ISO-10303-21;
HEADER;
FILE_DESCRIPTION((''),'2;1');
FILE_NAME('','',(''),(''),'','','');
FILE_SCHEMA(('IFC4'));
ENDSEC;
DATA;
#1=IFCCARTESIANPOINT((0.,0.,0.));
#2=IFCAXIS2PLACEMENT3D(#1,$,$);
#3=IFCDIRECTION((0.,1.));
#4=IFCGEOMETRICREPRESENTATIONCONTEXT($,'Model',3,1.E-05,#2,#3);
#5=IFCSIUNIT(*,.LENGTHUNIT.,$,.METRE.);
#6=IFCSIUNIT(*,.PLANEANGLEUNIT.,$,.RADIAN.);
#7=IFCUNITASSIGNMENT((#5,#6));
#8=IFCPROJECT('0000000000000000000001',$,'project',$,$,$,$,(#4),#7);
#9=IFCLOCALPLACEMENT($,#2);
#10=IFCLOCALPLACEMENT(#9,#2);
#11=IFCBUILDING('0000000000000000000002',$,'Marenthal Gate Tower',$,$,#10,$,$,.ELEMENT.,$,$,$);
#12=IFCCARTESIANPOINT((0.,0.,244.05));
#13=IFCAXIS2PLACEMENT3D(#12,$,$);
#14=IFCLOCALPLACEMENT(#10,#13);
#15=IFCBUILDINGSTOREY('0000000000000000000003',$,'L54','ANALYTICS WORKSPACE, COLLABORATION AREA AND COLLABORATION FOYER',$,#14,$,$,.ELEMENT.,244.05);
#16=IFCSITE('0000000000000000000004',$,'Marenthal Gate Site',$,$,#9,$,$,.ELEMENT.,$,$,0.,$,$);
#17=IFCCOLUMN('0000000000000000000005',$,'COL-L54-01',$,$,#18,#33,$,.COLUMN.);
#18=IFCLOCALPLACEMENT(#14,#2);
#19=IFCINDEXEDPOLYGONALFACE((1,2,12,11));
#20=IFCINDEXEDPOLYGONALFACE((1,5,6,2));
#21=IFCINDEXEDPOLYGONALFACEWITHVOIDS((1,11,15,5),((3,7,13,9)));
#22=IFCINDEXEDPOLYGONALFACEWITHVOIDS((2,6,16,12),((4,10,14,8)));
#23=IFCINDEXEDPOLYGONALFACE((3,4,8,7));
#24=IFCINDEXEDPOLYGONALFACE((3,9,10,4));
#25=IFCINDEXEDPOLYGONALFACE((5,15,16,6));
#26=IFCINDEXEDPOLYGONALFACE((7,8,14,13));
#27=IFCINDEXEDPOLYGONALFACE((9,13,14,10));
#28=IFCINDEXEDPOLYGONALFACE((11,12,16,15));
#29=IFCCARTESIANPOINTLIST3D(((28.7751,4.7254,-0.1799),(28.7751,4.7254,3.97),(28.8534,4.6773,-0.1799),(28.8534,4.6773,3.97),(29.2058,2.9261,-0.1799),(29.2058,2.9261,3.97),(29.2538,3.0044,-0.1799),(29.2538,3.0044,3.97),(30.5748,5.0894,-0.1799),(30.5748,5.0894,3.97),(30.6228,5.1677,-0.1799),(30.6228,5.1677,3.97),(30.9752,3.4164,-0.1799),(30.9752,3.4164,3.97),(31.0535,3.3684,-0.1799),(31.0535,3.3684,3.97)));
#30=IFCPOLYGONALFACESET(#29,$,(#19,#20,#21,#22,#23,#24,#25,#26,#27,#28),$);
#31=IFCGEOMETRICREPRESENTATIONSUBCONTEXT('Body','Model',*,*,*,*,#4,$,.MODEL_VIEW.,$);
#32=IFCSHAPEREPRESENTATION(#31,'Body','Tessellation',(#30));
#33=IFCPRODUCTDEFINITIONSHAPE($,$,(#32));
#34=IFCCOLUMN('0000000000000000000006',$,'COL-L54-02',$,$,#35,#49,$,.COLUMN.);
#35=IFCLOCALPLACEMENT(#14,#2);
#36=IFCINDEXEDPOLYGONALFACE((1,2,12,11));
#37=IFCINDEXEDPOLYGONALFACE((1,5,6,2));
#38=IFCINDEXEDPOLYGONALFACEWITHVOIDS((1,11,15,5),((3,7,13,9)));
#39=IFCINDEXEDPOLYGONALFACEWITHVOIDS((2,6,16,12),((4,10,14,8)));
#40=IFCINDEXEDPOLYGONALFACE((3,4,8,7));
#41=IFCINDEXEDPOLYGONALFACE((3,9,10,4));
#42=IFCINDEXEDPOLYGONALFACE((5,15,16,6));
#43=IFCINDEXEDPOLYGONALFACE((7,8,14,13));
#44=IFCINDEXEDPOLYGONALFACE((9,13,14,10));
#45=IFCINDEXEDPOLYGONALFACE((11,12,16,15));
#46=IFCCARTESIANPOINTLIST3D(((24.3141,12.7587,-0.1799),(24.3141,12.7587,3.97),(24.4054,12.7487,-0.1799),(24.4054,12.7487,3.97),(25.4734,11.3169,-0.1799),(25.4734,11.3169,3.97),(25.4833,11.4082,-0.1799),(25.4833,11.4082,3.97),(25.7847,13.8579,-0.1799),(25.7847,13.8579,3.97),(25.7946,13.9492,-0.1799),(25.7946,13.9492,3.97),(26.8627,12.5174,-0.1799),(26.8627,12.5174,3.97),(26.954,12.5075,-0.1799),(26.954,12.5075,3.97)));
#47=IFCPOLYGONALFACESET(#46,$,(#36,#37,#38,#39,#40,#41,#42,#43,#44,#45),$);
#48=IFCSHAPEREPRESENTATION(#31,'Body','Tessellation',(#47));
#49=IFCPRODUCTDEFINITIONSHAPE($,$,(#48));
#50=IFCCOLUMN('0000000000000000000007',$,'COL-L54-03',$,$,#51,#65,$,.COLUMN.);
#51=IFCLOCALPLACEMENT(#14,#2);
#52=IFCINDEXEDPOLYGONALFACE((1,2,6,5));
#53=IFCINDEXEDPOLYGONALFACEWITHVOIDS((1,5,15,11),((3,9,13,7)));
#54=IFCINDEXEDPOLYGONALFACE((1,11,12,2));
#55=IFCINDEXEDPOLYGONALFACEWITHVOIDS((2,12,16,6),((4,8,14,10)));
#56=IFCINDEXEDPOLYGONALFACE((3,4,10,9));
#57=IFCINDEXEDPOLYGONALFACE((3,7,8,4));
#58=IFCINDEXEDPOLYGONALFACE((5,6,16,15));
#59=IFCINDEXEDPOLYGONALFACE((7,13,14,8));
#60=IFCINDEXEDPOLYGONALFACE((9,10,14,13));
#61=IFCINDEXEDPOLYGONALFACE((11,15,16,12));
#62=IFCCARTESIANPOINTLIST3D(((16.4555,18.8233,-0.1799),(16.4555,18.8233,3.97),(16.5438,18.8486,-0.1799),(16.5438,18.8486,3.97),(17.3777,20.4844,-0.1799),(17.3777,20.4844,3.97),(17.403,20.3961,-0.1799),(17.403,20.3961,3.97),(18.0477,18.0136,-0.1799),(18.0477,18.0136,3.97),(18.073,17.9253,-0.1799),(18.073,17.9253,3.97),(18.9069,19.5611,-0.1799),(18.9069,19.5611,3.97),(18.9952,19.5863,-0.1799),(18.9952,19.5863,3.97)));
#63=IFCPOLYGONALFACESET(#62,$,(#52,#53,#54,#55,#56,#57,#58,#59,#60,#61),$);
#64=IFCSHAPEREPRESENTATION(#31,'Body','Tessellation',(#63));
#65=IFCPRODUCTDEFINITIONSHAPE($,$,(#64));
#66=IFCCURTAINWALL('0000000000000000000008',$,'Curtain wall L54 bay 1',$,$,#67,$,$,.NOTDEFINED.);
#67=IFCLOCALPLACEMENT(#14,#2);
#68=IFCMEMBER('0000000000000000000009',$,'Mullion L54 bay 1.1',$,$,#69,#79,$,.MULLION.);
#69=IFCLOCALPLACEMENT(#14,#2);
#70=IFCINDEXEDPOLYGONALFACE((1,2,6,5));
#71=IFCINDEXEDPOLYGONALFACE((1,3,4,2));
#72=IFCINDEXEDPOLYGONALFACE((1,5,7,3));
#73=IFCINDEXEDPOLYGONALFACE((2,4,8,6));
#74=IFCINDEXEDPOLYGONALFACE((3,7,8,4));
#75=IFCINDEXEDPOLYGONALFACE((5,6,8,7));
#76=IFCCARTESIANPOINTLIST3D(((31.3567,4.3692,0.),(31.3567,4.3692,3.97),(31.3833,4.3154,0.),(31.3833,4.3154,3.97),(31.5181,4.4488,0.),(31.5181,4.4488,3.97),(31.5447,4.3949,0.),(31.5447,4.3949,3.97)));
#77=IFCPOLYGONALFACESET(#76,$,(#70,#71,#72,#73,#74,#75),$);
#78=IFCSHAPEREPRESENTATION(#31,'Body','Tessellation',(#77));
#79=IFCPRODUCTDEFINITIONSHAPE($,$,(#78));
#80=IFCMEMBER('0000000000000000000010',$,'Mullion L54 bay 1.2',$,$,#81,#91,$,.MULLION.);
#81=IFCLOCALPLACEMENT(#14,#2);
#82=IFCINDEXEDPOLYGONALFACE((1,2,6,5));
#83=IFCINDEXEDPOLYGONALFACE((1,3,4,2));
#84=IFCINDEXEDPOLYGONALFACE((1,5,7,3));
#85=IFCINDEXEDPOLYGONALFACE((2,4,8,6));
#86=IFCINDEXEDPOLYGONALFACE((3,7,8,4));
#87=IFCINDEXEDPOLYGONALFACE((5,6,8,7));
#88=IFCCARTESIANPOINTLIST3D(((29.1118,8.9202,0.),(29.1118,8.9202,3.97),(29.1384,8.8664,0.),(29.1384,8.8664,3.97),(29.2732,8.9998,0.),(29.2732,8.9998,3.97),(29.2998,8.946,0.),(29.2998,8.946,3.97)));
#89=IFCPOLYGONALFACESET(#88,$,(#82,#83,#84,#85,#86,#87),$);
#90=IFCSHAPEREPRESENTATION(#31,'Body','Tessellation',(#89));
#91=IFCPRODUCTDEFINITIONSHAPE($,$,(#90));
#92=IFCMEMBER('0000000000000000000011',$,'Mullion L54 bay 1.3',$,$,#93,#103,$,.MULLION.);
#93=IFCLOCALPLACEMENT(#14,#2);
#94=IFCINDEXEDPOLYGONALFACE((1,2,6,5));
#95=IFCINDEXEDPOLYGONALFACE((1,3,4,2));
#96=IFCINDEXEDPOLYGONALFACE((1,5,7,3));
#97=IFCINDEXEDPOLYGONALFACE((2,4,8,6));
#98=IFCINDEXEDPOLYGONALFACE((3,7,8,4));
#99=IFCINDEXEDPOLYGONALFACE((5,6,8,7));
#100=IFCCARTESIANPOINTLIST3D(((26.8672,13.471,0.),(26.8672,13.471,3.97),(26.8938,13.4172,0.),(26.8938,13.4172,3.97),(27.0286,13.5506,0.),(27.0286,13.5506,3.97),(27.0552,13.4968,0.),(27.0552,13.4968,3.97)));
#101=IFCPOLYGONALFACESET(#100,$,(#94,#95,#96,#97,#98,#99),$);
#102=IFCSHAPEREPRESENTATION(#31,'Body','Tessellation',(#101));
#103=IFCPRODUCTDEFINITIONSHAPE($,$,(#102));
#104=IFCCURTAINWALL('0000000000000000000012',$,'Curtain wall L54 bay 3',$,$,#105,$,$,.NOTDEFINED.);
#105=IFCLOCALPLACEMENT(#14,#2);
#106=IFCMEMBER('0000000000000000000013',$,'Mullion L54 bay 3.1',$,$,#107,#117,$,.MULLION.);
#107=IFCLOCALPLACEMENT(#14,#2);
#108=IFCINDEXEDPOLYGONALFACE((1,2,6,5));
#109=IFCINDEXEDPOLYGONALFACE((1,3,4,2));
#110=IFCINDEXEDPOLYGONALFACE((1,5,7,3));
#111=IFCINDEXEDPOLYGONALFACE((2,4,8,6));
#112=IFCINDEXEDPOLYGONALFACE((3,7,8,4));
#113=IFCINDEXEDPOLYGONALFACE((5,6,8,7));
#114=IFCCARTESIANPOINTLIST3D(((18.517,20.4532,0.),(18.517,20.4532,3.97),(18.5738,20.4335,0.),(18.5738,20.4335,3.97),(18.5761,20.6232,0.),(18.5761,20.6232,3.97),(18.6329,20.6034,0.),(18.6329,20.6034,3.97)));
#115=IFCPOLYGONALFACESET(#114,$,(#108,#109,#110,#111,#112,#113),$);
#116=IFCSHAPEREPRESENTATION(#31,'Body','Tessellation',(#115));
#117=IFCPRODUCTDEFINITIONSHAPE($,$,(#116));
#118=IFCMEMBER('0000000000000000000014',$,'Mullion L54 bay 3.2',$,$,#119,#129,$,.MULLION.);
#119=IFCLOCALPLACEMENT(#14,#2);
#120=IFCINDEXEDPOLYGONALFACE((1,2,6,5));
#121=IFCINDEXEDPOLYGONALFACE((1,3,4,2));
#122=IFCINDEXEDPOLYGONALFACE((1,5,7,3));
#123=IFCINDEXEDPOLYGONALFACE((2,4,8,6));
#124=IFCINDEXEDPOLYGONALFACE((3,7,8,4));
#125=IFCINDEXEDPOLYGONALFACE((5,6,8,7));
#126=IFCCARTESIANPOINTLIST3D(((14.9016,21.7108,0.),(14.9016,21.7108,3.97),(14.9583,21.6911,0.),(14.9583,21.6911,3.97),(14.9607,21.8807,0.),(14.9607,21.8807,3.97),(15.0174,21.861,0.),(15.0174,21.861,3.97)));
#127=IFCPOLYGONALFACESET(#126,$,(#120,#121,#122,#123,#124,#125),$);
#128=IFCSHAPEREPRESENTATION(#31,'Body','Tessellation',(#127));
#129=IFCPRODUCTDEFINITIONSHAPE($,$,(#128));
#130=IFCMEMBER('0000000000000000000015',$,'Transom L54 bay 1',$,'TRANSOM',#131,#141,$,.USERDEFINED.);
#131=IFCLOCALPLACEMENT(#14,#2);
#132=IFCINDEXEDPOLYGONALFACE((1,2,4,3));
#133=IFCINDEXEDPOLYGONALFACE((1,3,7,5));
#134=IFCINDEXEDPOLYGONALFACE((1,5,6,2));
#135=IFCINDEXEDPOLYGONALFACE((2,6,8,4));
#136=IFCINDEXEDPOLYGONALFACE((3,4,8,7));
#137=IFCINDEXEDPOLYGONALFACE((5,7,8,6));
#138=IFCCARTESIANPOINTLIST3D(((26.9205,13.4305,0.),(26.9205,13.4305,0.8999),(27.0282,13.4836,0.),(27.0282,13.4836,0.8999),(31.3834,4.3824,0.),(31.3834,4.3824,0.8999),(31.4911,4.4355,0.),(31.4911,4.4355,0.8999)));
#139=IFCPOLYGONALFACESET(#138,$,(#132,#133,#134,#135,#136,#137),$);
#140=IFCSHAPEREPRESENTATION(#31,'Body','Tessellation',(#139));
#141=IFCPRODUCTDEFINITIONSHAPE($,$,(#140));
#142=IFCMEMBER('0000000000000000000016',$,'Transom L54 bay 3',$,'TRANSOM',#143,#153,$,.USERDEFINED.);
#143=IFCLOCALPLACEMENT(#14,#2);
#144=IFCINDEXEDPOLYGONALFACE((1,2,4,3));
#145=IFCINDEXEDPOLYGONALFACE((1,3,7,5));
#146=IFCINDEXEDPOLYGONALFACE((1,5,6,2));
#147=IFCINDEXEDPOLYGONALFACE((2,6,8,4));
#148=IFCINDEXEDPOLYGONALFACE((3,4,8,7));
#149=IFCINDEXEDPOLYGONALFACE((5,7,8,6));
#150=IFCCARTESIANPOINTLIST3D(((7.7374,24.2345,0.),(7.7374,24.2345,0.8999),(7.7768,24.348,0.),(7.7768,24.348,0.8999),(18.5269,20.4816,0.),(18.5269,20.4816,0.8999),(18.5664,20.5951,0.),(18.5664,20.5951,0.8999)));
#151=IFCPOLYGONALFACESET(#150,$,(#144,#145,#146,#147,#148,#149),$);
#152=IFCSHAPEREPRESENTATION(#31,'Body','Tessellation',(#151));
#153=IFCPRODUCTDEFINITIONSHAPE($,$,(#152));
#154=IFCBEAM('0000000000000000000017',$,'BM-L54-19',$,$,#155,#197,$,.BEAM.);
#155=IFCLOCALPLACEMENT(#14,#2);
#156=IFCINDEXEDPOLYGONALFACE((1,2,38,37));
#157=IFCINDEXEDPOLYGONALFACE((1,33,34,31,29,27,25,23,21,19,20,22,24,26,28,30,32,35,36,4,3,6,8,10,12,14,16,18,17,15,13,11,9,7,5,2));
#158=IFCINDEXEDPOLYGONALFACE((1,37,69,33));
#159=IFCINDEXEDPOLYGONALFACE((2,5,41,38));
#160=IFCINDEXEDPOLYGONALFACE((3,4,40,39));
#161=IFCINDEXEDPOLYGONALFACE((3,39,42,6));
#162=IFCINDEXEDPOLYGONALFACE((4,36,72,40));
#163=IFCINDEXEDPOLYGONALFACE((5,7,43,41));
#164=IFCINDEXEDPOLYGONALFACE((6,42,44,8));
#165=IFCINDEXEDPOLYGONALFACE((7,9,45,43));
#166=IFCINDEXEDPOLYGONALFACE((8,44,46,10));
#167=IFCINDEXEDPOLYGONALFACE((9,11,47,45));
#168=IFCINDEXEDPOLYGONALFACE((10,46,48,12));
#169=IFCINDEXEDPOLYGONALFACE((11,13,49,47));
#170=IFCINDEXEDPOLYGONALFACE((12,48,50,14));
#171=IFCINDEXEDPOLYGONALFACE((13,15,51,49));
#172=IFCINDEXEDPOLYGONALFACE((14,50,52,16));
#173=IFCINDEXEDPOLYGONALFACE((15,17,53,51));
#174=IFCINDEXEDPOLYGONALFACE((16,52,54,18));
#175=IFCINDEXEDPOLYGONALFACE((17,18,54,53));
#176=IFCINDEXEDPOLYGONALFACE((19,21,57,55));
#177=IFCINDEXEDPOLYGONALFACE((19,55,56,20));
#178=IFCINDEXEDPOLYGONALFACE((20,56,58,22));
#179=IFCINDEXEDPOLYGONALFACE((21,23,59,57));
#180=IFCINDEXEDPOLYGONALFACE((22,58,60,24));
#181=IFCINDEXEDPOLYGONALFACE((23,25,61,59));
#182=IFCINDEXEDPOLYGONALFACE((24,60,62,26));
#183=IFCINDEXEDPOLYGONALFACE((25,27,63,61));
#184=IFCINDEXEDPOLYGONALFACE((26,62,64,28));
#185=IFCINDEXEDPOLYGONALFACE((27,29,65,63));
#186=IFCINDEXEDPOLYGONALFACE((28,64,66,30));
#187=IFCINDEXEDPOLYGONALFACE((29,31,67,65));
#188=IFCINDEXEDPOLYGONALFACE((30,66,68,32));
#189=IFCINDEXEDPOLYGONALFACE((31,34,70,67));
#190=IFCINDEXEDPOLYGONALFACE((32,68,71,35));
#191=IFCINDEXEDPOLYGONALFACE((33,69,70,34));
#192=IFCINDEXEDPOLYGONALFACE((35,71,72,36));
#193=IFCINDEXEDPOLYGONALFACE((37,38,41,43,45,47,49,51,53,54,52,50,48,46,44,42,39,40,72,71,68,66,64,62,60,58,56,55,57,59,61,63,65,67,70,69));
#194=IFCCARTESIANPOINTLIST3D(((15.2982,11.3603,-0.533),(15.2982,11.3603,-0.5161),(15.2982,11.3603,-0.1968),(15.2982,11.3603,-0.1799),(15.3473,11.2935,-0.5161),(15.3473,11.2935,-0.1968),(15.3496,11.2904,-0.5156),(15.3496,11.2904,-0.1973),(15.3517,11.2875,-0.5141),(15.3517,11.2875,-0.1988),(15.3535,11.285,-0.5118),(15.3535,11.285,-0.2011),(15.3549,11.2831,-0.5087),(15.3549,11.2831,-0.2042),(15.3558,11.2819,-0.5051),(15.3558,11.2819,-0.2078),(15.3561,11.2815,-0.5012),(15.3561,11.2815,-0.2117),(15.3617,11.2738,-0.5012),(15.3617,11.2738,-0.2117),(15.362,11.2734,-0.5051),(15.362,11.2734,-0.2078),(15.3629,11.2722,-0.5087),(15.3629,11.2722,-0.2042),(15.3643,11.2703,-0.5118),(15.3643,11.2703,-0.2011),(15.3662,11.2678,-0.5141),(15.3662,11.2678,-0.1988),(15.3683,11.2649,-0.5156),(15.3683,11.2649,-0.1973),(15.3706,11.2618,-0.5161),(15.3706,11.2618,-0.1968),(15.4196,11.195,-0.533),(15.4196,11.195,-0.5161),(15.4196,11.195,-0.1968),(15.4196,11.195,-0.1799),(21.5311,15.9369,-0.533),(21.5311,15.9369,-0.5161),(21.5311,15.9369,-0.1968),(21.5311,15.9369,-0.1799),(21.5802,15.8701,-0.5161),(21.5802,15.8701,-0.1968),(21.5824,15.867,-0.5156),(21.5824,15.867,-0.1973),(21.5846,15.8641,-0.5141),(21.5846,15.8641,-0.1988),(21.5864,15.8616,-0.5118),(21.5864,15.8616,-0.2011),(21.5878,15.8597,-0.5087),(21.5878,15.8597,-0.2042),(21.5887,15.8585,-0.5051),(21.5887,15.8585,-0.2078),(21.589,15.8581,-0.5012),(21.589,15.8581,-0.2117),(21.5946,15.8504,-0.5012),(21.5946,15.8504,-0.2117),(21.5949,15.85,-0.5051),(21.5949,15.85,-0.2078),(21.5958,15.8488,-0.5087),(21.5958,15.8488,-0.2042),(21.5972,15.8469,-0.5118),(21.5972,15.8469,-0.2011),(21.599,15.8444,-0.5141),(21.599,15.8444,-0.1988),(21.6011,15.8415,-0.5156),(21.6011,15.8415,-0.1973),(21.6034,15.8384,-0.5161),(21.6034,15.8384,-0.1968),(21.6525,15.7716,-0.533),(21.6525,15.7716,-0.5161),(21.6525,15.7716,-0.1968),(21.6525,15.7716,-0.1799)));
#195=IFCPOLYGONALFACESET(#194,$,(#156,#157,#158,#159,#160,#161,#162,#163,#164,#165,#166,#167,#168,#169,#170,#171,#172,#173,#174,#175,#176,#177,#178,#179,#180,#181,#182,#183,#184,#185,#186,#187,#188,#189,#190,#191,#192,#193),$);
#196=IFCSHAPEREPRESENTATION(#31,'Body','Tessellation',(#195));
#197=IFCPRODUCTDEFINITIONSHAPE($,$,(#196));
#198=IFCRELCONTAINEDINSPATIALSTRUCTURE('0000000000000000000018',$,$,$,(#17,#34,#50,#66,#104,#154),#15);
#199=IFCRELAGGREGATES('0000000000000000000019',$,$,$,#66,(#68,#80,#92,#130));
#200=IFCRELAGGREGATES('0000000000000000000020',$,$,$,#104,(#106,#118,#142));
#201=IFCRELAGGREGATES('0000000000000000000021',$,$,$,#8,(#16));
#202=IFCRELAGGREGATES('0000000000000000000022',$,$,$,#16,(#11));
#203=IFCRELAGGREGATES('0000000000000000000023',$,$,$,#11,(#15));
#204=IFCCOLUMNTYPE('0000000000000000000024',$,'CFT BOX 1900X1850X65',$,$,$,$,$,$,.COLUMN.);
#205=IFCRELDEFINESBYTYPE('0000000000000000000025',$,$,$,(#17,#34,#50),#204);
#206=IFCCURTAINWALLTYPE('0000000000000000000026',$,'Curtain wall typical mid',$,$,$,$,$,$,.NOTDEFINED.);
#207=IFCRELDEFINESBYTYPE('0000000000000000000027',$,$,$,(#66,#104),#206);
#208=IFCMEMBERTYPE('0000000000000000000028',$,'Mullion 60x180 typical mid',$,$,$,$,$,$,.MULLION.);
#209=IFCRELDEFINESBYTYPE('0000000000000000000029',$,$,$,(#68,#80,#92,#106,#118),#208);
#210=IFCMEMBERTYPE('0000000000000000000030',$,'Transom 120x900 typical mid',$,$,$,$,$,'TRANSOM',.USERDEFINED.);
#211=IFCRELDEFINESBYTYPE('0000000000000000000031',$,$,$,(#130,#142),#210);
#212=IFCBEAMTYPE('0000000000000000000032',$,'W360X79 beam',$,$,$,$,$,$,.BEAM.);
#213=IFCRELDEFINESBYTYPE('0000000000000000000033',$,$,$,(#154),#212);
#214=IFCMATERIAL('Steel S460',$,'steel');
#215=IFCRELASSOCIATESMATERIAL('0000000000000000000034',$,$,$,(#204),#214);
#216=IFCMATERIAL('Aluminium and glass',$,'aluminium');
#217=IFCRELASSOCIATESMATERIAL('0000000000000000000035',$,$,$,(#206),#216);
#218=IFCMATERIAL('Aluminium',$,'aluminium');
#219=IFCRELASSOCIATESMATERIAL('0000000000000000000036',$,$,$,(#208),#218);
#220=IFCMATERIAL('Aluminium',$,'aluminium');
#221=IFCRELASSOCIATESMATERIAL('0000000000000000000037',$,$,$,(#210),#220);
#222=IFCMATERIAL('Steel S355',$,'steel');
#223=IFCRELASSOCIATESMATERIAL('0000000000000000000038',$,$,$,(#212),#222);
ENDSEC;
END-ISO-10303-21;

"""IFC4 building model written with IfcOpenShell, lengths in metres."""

from ifc_helpers import new_model, si_unit, direction, frame, origin, origin_2d, place, context, subcontext, project, spatial, rectangle, hollow_rectangle, i_section, extrude, material, material_profile, profile_set, type_object, element, aggregate, save


model = new_model("IFC4")

# Units and contexts
model_context = context("Model", 3, precision=1e-05, world=origin(), true_north=direction((0.0, 1.0)))
body_context = subcontext(model_context, "Body", "Model", "MODEL_VIEW")
ifc_project = project(units=[si_unit("LENGTHUNIT", "METRE"), si_unit("PLANEANGLEUNIT", "RADIAN")], contexts=[model_context])

# Site, building, storey
site_placement = place(None, origin())
site = spatial("IfcSite", under=ifc_project, at=site_placement, Name="Marenthal Gate Site", CompositionType="ELEMENT", RefElevation=0.0)
building_placement = place(site_placement, origin())
building = spatial("IfcBuilding", under=site, at=building_placement, Name="Marenthal Gate Tower", CompositionType="ELEMENT")
storey_placement = place(building_placement, frame((0.0, 0.0, 244.05)))
storey = spatial("IfcBuildingStorey", under=building, at=storey_placement, Name="L54", Description="ANALYTICS WORKSPACE, COLLABORATION AREA AND COLLABORATION FOYER", CompositionType="ELEMENT", Elevation=244.05)

# Columns
ifc_material_1 = material(Name="Steel S460", Category="steel")
ifc_material_profile_1 = material_profile(ifc_material_1, hollow_rectangle(XDim=1.8501, YDim=1.8999, WallThickness=0.0649, at=origin_2d()), Name="CFT BOX 1900X1850X65")
ifc_material_2 = material(Name="Concrete 70 MPa", Category="concrete")
ifc_material_profile_2 = material_profile(ifc_material_2, rectangle(XDim=1.72, YDim=1.77, at=origin_2d()), Name="CFT BOX 1900X1850X65 INFILL")
ifc_profile_set_1 = profile_set([ifc_material_profile_1, ifc_material_profile_2], Name="Steel S460 shell, Concrete 70 MPa infill")
column_type = type_object("IfcColumnType", Name="CFT BOX 1900X1850X65", PredefinedType="COLUMN", material=ifc_profile_set_1)
for number, where, z_axis, x_axis, name in (
    (1, (29.9143, 4.0469, -0.1799), (0.0, 0.0, 1.0), (0.232804, -0.972524, 0.0), "COL-L54-01"),
    (2, (25.634, 12.6331, -0.1799), (0.0, 0.0, 1.0), (0.626651, -0.7793, 0.0), "COL-L54-02"),
    (3, (17.7253, 19.2048, -0.1799), (0.0, 0.0, 1.0), (0.874282, -0.485419, 0.0), "COL-L54-03"),
):
    element("IfcColumn", number, at=place(storey_placement, frame(where, z_axis=z_axis, x_axis=x_axis)), inside=storey, type_object=column_type, Name=name, PredefinedType="COLUMN", context=body_context, shape_type="SweptSolid", body=[
        extrude(hollow_rectangle(XDim=1.8501, YDim=1.8999, WallThickness=0.0649, at=origin_2d()), origin(), (0.0, 0.0, 1.0), 4.1499),
    ])

# Curtain walls, members
ifc_material_3 = material(Name="Aluminium and glass", Category="aluminium")
curtain_wall_type = type_object("IfcCurtainWallType", Name="Curtain wall typical mid", PredefinedType="NOTDEFINED", material=ifc_material_3)
curtain_wall_1_placement = place(storey_placement, origin())
curtain_wall_1 = element("IfcCurtainWall", 4, at=curtain_wall_1_placement, inside=storey, type_object=curtain_wall_type, Name="Curtain wall L54 bay 1", PredefinedType="NOTDEFINED")
ifc_material_4 = material(Name="Aluminium", Category="aluminium")
ifc_material_profile_3 = material_profile(ifc_material_4, rectangle(XDim=0.1799, YDim=0.0601, at=origin_2d()), Name="60x180 aluminium mullion")
ifc_profile_set_2 = profile_set([ifc_material_profile_3], Name="Aluminium")
member_type_1 = type_object("IfcMemberType", Name="Mullion 60x180 typical mid", PredefinedType="MULLION", material=ifc_profile_set_2)
member_1_placement = place(storey_placement, frame((31.4507, 4.3821, 0.0), z_axis=(0.0, 0.0, 1.0), x_axis=(-0.896835, -0.442364, 0.0)))
member_1 = element("IfcMember", 5, at=member_1_placement, type_object=member_type_1, Name="Mullion L54 bay 1.1", PredefinedType="MULLION", context=body_context, shape_type="SweptSolid", body=[
    extrude(rectangle(XDim=0.1799, YDim=0.0601, at=origin_2d()), origin(), (0.0, 0.0, 1.0), 3.97),
])
member_2_placement = place(storey_placement, frame((29.2058, 8.9331, 0.0), z_axis=(0.0, 0.0, 1.0), x_axis=(-0.896835, -0.442364, 0.0)))
member_2 = element("IfcMember", 6, at=member_2_placement, type_object=member_type_1, Name="Mullion L54 bay 1.2", PredefinedType="MULLION", context=body_context, shape_type="SweptSolid", body=[
    extrude(rectangle(XDim=0.1799, YDim=0.0601, at=origin_2d()), origin(), (0.0, 0.0, 1.0), 3.97),
])
member_3_placement = place(storey_placement, frame((26.9612, 13.4839, 0.0), z_axis=(0.0, 0.0, 1.0), x_axis=(-0.896835, -0.442364, 0.0)))
member_3 = element("IfcMember", 7, at=member_3_placement, type_object=member_type_1, Name="Mullion L54 bay 1.3", PredefinedType="MULLION", context=body_context, shape_type="SweptSolid", body=[
    extrude(rectangle(XDim=0.1799, YDim=0.0601, at=origin_2d()), origin(), (0.0, 0.0, 1.0), 3.97),
])
curtain_wall_2_placement = place(storey_placement, origin())
curtain_wall_2 = element("IfcCurtainWall", 8, at=curtain_wall_2_placement, inside=storey, type_object=curtain_wall_type, Name="Curtain wall L54 bay 3", PredefinedType="NOTDEFINED")
member_4_placement = place(storey_placement, frame((18.575, 20.5283, 0.0), z_axis=(0.0, 0.0, 1.0), x_axis=(-0.32854, -0.94449, 0.0)))
member_4 = element("IfcMember", 9, at=member_4_placement, type_object=member_type_1, Name="Mullion L54 bay 3.1", PredefinedType="MULLION", context=body_context, shape_type="SweptSolid", body=[
    extrude(rectangle(XDim=0.1799, YDim=0.0601, at=origin_2d()), origin(), (0.0, 0.0, 1.0), 3.97),
])
member_5_placement = place(storey_placement, frame((14.9595, 21.7859, 0.0), z_axis=(0.0, 0.0, 1.0), x_axis=(-0.32854, -0.94449, 0.0)))
member_5 = element("IfcMember", 10, at=member_5_placement, type_object=member_type_1, Name="Mullion L54 bay 3.2", PredefinedType="MULLION", context=body_context, shape_type="SweptSolid", body=[
    extrude(rectangle(XDim=0.1799, YDim=0.0601, at=origin_2d()), origin(), (0.0, 0.0, 1.0), 3.97),
])

# Members
ifc_material_5 = material(Name="Aluminium", Category="aluminium")
ifc_material_profile_4 = material_profile(ifc_material_5, rectangle(XDim=0.1201, YDim=0.8999, at=origin_2d()), Name="120x900 aluminium transom")
ifc_profile_set_3 = profile_set([ifc_material_profile_4], Name="Aluminium")
member_type_2 = type_object("IfcMemberType", Name="Transom 120x900 typical mid", ElementType="TRANSOM", PredefinedType="USERDEFINED", material=ifc_profile_set_3)
member_6_placement = place(storey_placement, frame((31.4373, 4.4089, 0.45), z_axis=(-0.442358, 0.896839, 0.0), x_axis=(-0.896839, -0.442358, 0.0)))
member_6 = element("IfcMember", 11, at=member_6_placement, type_object=member_type_2, Name="Transom L54 bay 1", ObjectType="TRANSOM", PredefinedType="USERDEFINED", context=body_context, shape_type="SweptSolid", body=[
    extrude(rectangle(XDim=0.1201, YDim=0.8999, at=origin_2d()), origin(), (0.0, 0.0, 1.0), 10.0889),
])
member_7_placement = place(storey_placement, frame((18.5466, 20.5383, 0.45), z_axis=(-0.944496, 0.328524, 0.0), x_axis=(-0.328524, -0.944496, 0.0)))
member_7 = element("IfcMember", 12, at=member_7_placement, type_object=member_type_2, Name="Transom L54 bay 3", ObjectType="TRANSOM", PredefinedType="USERDEFINED", context=body_context, shape_type="SweptSolid", body=[
    extrude(rectangle(XDim=0.1201, YDim=0.8999, at=origin_2d()), origin(), (0.0, 0.0, 1.0), 11.4236),
])

# Beam
ifc_material_6 = material(Name="Steel S355", Category="steel")
ifc_material_profile_5 = material_profile(ifc_material_6, i_section(OverallWidth=0.2051, OverallDepth=0.353, WebThickness=0.0095, FlangeThickness=0.0168, FilletRadius=0.0149, at=origin_2d()), Name="W360X79")
ifc_profile_set_4 = profile_set([ifc_material_profile_5], Name="Steel S355")
beam_type_1 = type_object("IfcBeamType", Name="W360X79 beam", PredefinedType="BEAM", material=ifc_profile_set_4)
beam_1_placement = place(storey_placement, frame((21.5918, 15.8542, -0.3564), z_axis=(-0.806043, -0.591856, 0.0), x_axis=(0.591856, -0.806043, 0.0)))
element("IfcBeam", 13, at=beam_1_placement, inside=storey, type_object=beam_type_1, Name="BM-L54-19", PredefinedType="BEAM", context=body_context, shape_type="SweptSolid", body=[
    extrude(i_section(OverallWidth=0.2051, OverallDepth=0.353, WebThickness=0.0095, FlangeThickness=0.0168, FilletRadius=0.0149, at=origin_2d()), origin(), (0.0, 0.0, 1.0), 7.7327),
])

aggregate(curtain_wall_1, [member_1, member_2, member_3, member_6])
aggregate(curtain_wall_2, [member_4, member_5, member_7])

save(model, "model.ifc")
